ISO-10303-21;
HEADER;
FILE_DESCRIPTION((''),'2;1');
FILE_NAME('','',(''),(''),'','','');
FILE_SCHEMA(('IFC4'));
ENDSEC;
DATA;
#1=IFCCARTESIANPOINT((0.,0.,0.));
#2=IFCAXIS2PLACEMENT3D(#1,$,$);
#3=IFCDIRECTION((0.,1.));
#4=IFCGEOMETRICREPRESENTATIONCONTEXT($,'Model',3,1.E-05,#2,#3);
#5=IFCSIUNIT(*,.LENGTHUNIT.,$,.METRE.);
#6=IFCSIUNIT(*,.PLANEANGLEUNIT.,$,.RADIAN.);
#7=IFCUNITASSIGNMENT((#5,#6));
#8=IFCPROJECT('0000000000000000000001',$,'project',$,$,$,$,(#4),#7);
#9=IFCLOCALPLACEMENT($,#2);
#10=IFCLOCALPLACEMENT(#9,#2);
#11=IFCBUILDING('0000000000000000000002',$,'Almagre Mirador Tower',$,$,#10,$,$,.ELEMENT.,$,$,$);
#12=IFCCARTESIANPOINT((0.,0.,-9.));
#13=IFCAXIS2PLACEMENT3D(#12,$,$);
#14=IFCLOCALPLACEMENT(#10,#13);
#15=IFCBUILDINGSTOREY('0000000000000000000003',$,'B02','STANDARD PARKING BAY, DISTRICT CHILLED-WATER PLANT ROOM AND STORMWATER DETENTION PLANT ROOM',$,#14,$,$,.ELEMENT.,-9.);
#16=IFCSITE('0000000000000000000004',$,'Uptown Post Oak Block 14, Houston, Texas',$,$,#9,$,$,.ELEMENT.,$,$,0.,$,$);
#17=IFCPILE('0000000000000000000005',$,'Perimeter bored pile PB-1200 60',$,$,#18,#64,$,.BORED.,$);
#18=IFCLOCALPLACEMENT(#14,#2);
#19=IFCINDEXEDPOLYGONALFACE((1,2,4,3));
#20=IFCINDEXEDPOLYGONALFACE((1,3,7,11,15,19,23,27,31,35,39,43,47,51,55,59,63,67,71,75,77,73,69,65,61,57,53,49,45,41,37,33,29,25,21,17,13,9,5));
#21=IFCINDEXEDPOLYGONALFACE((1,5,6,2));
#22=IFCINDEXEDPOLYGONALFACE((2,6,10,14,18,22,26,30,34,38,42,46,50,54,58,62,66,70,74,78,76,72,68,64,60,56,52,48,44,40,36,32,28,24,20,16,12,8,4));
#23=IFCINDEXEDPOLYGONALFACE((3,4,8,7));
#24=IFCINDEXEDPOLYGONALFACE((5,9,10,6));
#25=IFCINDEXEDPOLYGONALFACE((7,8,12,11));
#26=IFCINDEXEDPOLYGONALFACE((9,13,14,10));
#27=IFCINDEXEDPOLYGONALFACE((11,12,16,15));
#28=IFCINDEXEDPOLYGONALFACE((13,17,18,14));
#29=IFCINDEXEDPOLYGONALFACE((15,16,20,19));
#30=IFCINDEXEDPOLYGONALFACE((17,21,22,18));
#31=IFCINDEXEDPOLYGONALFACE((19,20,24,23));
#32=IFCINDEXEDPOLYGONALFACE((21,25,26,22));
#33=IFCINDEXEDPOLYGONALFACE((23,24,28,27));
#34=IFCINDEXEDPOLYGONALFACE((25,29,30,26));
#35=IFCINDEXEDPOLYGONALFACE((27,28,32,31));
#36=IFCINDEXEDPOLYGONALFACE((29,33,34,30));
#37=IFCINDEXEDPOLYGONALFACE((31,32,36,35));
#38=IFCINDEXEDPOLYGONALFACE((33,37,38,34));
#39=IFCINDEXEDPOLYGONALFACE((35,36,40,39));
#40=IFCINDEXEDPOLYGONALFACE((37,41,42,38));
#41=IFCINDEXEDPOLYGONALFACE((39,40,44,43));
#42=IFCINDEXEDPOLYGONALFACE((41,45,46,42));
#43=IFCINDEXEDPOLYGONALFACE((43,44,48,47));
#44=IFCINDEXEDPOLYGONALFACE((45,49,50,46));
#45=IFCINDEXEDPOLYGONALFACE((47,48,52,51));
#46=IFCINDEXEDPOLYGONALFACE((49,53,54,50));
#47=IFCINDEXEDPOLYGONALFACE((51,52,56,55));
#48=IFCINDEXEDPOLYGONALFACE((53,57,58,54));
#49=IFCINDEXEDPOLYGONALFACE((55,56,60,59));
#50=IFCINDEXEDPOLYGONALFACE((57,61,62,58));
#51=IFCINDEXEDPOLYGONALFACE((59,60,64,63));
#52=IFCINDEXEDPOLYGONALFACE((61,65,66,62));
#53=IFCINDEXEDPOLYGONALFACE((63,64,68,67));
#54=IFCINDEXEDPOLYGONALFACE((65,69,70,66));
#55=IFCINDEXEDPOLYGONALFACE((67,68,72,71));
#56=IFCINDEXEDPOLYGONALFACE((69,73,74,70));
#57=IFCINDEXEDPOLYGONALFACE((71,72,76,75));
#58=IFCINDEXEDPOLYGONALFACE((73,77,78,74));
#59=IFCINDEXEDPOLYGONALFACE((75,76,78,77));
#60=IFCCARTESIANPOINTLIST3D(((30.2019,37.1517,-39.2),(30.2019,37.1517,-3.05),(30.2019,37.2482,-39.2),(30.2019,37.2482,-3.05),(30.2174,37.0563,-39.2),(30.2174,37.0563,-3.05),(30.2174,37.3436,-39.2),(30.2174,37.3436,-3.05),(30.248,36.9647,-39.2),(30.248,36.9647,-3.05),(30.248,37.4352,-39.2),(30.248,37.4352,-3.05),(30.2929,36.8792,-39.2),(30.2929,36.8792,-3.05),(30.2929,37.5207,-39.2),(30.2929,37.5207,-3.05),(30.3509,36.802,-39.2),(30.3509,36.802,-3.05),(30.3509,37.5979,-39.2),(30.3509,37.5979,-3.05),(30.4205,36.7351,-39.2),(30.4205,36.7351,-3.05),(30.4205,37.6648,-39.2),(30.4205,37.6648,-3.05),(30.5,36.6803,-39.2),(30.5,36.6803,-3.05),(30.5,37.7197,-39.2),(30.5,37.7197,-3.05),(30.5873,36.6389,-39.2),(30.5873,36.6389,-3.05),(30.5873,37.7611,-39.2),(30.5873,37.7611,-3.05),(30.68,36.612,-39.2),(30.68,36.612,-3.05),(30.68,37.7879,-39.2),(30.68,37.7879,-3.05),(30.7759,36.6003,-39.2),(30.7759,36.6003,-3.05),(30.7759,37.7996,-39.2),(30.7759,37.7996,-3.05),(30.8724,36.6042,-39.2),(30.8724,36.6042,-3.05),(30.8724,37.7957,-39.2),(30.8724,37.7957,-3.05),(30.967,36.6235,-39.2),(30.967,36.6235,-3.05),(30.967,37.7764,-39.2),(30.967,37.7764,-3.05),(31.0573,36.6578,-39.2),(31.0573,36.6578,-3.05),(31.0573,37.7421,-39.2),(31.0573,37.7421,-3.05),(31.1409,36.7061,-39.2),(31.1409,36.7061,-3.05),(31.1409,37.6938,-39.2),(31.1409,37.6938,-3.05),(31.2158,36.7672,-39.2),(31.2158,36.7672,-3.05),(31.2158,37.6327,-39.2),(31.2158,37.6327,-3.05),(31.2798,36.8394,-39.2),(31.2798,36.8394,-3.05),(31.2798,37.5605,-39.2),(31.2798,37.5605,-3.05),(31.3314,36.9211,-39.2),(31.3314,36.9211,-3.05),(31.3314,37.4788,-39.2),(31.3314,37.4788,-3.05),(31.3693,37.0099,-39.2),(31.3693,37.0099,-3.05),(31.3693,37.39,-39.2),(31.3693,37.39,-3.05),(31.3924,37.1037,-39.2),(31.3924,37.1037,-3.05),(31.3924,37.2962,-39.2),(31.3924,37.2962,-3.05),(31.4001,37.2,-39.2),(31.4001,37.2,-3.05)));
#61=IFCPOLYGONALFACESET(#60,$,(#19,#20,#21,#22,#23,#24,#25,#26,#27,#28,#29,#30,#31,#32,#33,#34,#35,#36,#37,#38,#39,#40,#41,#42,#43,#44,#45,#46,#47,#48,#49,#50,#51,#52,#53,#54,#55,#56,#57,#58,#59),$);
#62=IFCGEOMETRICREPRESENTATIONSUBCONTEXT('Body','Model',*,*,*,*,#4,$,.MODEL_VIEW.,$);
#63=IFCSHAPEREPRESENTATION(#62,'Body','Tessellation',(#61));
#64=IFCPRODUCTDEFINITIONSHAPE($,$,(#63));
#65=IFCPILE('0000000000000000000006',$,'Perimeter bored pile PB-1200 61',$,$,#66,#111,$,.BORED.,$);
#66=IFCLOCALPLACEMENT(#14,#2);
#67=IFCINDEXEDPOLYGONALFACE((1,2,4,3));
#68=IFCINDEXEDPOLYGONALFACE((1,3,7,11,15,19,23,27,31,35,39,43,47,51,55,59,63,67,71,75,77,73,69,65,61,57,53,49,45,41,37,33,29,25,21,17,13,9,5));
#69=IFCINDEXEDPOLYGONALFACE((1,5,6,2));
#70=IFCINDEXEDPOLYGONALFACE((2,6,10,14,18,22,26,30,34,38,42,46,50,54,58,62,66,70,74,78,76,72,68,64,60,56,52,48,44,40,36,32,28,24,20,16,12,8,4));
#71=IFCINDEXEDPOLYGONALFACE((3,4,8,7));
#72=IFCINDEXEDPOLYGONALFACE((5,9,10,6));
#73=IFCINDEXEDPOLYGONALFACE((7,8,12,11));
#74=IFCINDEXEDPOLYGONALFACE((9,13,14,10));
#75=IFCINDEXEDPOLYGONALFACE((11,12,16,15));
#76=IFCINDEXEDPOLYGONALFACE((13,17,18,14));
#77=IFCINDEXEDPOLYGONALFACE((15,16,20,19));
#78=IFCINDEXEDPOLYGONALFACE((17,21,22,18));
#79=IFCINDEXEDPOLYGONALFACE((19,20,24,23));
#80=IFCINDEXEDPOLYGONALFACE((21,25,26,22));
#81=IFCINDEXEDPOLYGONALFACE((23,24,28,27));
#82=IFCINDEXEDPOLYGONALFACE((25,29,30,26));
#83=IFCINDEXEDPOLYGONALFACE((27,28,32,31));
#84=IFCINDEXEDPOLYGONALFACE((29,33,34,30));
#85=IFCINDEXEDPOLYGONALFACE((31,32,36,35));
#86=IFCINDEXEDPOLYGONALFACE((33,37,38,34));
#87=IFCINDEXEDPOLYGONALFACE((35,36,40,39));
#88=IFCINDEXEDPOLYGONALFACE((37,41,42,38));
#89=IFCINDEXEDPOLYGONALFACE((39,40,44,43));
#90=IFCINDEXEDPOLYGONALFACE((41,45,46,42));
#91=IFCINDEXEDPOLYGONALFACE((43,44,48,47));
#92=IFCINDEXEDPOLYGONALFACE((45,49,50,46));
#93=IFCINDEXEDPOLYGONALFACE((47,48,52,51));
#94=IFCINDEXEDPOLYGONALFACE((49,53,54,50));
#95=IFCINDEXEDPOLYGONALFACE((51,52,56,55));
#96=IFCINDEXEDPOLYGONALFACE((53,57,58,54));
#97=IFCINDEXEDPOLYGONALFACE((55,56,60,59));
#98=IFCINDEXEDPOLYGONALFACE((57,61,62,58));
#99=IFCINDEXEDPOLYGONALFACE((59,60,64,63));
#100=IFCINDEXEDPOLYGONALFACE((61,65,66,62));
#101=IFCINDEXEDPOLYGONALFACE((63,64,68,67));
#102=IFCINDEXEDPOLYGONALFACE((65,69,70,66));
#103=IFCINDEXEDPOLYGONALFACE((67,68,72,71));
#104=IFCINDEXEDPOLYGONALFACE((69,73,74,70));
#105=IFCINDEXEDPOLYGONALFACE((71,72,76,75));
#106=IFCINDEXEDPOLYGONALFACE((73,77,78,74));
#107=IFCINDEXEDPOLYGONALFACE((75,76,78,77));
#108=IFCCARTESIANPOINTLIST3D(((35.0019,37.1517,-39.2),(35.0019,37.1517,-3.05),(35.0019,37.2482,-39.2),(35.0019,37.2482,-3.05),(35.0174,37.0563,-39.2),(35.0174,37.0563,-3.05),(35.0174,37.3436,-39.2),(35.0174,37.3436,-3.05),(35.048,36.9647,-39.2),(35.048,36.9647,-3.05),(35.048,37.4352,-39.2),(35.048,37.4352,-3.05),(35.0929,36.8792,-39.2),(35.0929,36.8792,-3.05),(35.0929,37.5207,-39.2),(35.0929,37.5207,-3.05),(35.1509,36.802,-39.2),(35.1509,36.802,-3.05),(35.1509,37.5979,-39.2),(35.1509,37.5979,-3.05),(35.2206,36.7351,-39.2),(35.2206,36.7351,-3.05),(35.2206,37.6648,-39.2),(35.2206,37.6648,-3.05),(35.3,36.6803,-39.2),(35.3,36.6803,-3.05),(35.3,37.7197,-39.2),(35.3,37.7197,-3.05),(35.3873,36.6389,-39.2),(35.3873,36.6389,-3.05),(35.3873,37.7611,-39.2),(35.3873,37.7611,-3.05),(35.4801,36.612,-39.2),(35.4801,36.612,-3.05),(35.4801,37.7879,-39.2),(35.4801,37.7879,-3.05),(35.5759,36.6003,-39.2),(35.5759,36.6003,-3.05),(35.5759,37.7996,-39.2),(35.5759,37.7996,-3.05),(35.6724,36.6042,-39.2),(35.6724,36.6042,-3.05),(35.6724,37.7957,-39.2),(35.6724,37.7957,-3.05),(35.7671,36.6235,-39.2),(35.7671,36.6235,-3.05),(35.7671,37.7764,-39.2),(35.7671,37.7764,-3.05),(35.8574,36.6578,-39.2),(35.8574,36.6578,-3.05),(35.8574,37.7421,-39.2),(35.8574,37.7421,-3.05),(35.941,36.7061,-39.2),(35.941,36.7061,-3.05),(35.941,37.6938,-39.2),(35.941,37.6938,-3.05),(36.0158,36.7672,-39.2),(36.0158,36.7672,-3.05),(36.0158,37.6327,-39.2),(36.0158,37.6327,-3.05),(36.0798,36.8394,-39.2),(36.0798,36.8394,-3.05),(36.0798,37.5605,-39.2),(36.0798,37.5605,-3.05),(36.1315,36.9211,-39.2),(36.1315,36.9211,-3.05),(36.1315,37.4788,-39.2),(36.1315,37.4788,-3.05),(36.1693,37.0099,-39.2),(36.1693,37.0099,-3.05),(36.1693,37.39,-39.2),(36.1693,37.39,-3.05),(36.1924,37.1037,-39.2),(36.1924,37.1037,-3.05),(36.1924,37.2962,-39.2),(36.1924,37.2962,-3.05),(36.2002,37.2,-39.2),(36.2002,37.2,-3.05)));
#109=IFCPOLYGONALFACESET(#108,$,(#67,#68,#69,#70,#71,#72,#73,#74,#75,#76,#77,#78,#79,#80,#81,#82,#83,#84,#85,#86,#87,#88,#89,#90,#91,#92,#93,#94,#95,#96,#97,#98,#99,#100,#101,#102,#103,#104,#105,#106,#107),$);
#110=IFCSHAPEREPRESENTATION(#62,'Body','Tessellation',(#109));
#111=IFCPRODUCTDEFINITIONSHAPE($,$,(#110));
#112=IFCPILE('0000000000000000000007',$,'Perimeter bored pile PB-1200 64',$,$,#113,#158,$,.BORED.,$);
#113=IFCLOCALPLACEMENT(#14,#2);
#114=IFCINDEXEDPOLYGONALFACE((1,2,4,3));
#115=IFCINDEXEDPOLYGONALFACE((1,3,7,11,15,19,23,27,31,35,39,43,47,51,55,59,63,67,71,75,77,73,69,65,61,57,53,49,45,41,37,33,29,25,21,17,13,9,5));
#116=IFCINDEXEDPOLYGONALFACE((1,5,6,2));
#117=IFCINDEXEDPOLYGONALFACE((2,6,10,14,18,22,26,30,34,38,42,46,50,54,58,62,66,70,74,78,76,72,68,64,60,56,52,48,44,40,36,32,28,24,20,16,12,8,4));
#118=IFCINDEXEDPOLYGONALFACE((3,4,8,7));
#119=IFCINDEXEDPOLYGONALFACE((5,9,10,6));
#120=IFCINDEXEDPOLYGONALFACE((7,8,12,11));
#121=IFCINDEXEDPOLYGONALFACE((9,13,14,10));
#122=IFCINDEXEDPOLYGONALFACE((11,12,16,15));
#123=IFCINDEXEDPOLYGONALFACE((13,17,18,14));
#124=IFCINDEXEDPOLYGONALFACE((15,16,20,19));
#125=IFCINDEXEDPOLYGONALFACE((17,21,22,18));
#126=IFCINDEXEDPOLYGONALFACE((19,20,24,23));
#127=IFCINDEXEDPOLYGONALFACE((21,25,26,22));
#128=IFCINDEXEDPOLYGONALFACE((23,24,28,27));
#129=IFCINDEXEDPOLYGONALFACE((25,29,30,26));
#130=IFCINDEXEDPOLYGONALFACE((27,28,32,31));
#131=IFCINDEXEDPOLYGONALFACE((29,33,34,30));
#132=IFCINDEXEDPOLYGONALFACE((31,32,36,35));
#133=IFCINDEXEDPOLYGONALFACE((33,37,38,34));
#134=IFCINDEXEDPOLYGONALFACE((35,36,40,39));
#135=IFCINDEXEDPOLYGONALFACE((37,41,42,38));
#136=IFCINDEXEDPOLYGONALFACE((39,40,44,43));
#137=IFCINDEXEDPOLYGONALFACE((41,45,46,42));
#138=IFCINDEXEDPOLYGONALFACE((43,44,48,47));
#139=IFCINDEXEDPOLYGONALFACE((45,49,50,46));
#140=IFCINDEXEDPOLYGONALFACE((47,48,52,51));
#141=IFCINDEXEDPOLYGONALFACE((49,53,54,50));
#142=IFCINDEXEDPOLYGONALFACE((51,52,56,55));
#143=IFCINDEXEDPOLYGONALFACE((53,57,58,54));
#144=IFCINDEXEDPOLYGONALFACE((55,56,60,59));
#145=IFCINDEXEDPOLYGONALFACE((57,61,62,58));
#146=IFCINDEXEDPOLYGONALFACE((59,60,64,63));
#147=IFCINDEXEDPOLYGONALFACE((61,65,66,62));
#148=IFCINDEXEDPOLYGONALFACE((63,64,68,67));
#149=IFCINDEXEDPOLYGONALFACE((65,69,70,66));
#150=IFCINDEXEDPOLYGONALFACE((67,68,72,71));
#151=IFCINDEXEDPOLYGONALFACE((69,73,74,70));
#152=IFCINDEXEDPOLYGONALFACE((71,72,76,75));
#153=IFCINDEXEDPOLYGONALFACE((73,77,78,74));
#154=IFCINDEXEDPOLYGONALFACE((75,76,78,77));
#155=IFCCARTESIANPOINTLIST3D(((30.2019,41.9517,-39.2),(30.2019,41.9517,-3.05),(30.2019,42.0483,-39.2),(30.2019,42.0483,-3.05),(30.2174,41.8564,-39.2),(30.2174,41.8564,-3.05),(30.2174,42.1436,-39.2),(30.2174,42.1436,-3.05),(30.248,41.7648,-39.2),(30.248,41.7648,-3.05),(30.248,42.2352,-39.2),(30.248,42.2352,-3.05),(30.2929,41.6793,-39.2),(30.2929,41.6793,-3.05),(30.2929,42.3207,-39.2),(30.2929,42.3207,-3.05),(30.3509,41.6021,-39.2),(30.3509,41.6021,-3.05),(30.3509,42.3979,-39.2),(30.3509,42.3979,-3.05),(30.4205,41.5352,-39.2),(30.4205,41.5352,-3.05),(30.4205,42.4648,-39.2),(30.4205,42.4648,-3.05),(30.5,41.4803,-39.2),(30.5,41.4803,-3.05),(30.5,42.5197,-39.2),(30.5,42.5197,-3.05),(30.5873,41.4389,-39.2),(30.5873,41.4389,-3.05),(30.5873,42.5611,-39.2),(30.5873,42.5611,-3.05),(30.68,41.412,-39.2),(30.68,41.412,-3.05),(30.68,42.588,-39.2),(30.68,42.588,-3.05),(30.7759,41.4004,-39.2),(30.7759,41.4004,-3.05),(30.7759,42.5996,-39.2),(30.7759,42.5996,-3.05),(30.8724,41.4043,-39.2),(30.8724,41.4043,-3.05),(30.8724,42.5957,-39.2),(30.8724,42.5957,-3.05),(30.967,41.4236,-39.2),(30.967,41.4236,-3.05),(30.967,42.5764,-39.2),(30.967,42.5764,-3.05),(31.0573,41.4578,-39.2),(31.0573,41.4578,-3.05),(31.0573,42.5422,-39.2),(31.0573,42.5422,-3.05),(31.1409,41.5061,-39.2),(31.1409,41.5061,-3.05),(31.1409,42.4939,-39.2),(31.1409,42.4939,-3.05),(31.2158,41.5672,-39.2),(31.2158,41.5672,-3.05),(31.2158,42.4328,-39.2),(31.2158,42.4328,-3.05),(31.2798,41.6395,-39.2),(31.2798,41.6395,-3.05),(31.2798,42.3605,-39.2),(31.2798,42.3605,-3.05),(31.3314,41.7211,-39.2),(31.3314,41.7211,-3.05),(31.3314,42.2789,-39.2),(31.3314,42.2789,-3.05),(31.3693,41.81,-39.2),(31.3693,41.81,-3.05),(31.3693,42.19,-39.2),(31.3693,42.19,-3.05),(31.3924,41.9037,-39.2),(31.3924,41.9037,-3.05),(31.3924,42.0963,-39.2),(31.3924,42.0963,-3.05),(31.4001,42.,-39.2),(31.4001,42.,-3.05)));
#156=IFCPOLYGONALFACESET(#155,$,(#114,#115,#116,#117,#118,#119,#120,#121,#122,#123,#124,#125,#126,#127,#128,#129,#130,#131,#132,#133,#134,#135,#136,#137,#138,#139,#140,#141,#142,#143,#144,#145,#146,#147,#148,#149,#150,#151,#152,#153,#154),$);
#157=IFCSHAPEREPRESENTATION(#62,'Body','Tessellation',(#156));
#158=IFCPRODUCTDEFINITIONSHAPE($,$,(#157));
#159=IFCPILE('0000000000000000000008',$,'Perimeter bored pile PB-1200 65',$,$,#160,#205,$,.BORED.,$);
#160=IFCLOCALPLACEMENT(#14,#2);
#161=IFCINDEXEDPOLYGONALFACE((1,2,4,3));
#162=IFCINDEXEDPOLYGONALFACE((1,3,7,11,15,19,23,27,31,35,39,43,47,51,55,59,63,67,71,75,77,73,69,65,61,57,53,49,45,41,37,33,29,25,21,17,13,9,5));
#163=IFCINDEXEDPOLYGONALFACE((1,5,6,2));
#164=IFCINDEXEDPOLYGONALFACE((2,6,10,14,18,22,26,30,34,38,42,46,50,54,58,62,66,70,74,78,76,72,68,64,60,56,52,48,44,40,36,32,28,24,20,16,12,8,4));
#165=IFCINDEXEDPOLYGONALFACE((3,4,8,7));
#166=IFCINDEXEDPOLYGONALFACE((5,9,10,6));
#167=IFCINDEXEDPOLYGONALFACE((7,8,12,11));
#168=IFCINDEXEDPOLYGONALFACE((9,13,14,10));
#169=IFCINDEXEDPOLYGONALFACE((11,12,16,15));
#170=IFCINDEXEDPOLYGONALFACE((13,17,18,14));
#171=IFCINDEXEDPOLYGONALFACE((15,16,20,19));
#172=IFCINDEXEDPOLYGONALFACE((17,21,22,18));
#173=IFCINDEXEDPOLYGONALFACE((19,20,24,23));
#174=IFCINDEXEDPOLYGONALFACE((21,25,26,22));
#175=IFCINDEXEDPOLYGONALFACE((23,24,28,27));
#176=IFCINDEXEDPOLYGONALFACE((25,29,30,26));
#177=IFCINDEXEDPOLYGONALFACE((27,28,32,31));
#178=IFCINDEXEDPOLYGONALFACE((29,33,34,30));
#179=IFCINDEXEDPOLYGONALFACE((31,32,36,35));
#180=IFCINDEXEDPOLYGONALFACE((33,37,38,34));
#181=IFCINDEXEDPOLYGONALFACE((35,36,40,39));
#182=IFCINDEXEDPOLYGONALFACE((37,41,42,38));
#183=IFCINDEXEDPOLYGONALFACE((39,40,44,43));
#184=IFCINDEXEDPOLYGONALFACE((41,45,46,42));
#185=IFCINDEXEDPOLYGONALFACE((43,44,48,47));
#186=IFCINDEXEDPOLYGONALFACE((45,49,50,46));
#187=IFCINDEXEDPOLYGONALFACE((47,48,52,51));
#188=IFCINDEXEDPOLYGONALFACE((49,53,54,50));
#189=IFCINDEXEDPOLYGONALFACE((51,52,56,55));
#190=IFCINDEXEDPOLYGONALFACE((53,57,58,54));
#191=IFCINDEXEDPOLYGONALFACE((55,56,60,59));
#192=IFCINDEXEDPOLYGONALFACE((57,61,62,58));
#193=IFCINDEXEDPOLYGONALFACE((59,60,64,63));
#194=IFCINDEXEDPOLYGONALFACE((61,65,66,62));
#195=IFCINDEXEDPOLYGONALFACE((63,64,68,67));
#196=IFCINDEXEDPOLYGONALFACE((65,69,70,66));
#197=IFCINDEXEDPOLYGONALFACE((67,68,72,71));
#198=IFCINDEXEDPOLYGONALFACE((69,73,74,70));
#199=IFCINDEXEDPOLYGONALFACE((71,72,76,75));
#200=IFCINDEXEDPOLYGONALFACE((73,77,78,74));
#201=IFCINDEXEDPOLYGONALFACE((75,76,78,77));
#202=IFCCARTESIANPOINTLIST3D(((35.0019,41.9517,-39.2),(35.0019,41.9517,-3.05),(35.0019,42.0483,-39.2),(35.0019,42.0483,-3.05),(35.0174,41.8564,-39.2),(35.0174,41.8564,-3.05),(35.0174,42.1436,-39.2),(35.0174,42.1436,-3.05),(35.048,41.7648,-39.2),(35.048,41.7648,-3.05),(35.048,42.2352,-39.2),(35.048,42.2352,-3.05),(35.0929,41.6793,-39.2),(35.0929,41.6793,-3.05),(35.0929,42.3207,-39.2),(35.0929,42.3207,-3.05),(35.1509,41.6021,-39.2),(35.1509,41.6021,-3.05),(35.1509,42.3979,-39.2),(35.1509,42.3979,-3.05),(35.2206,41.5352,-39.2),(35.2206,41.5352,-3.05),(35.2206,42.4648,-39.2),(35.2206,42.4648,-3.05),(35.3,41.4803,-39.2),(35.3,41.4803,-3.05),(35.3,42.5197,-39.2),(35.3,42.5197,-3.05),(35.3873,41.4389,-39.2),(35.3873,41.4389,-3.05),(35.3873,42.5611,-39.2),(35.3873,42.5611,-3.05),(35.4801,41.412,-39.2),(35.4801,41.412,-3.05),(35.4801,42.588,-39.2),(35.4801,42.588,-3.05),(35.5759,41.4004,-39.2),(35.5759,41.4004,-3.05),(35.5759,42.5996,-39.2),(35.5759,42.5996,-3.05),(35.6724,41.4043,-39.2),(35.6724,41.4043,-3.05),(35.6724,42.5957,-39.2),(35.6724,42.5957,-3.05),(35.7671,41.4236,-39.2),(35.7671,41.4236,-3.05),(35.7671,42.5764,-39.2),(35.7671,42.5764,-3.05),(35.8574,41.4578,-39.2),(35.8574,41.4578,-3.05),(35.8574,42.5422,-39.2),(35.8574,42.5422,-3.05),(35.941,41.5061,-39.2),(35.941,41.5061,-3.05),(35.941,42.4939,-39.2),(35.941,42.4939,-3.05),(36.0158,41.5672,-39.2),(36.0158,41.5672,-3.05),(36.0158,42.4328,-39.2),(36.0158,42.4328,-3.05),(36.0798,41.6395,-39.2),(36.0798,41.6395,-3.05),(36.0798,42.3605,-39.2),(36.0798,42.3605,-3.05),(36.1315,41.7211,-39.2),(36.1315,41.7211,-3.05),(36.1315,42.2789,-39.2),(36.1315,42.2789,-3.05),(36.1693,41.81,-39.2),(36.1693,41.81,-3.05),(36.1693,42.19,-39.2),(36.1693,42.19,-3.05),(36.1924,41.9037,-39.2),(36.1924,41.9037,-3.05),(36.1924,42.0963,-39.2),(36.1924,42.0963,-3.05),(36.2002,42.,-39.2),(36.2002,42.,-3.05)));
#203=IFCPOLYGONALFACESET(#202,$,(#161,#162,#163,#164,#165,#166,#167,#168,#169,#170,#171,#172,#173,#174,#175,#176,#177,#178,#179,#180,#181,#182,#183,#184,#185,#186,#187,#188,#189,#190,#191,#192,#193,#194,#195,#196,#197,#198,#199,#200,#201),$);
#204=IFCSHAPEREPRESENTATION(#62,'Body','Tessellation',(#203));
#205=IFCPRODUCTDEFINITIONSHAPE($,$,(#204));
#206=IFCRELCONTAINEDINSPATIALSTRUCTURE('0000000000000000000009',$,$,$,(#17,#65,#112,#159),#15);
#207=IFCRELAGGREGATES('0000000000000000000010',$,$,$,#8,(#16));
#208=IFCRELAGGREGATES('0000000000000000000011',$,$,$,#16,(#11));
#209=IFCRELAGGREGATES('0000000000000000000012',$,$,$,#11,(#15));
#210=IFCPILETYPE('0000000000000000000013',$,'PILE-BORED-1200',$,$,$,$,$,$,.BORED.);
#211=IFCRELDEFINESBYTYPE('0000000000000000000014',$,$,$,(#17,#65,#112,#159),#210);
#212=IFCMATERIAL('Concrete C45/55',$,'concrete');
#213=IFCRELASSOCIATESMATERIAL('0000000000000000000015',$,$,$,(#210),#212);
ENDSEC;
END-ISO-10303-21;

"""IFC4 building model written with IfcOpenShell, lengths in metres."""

from ifc_helpers import new_model, si_unit, direction, frame, origin, origin_2d, place, context, subcontext, project, spatial, circle, extrude, material, material_profile, profile_set, type_object, element, save


model = new_model("IFC4")

# Units and contexts
model_context = context("Model", 3, precision=1e-05, world=origin(), true_north=direction((0.0, 1.0)))
body_context = subcontext(model_context, "Body", "Model", "MODEL_VIEW")
ifc_project = project(units=[si_unit("LENGTHUNIT", "METRE"), si_unit("PLANEANGLEUNIT", "RADIAN")], contexts=[model_context])

# Site, building, storey
site_placement = place(None, origin())
site = spatial("IfcSite", under=ifc_project, at=site_placement, Name="Uptown Post Oak Block 14, Houston, Texas", CompositionType="ELEMENT", RefElevation=0.0)
building_placement = place(site_placement, origin())
building = spatial("IfcBuilding", under=site, at=building_placement, Name="Almagre Mirador Tower", CompositionType="ELEMENT")
storey_placement = place(building_placement, frame((0.0, 0.0, -9.0)))
storey = spatial("IfcBuildingStorey", under=building, at=storey_placement, Name="B02", Description="STANDARD PARKING BAY, DISTRICT CHILLED-WATER PLANT ROOM AND STORMWATER DETENTION PLANT ROOM", CompositionType="ELEMENT", Elevation=-9.0)

# Piles
ifc_material_1 = material(Name="Concrete C45/55", Category="concrete")
ifc_material_profile_1 = material_profile(ifc_material_1, circle(Radius=0.6001, at=origin_2d()), Name="PILE1200D")
ifc_profile_set_1 = profile_set([ifc_material_profile_1], Name="Concrete C45/55")
pile_type_1 = type_object("IfcPileType", Name="PILE-BORED-1200", PredefinedType="BORED", material=ifc_profile_set_1)
for number, where, z_axis, x_axis, name in (
    (1, (30.8, 37.2, -3.05), (0.0, 0.0, -1.0), (1.0, 0.0, 0.0), "Perimeter bored pile PB-1200 60"),
    (2, (35.6001, 37.2, -3.05), (0.0, 0.0, -1.0), (1.0, 0.0, 0.0), "Perimeter bored pile PB-1200 61"),
    (3, (30.8, 42.0, -3.05), (0.0, 0.0, -1.0), (1.0, 0.0, 0.0), "Perimeter bored pile PB-1200 64"),
    (4, (35.6001, 42.0, -3.05), (0.0, 0.0, -1.0), (1.0, 0.0, 0.0), "Perimeter bored pile PB-1200 65"),
):
    element("IfcPile", number, at=place(storey_placement, frame(where, z_axis=z_axis, x_axis=x_axis)), inside=storey, type_object=pile_type_1, Name=name, PredefinedType="BORED", context=body_context, shape_type="SweptSolid", body=[
        extrude(circle(Radius=0.6001, at=origin_2d()), origin(), (0.0, 0.0, 1.0), 36.1499),
    ])

save(model, "model.ifc")
